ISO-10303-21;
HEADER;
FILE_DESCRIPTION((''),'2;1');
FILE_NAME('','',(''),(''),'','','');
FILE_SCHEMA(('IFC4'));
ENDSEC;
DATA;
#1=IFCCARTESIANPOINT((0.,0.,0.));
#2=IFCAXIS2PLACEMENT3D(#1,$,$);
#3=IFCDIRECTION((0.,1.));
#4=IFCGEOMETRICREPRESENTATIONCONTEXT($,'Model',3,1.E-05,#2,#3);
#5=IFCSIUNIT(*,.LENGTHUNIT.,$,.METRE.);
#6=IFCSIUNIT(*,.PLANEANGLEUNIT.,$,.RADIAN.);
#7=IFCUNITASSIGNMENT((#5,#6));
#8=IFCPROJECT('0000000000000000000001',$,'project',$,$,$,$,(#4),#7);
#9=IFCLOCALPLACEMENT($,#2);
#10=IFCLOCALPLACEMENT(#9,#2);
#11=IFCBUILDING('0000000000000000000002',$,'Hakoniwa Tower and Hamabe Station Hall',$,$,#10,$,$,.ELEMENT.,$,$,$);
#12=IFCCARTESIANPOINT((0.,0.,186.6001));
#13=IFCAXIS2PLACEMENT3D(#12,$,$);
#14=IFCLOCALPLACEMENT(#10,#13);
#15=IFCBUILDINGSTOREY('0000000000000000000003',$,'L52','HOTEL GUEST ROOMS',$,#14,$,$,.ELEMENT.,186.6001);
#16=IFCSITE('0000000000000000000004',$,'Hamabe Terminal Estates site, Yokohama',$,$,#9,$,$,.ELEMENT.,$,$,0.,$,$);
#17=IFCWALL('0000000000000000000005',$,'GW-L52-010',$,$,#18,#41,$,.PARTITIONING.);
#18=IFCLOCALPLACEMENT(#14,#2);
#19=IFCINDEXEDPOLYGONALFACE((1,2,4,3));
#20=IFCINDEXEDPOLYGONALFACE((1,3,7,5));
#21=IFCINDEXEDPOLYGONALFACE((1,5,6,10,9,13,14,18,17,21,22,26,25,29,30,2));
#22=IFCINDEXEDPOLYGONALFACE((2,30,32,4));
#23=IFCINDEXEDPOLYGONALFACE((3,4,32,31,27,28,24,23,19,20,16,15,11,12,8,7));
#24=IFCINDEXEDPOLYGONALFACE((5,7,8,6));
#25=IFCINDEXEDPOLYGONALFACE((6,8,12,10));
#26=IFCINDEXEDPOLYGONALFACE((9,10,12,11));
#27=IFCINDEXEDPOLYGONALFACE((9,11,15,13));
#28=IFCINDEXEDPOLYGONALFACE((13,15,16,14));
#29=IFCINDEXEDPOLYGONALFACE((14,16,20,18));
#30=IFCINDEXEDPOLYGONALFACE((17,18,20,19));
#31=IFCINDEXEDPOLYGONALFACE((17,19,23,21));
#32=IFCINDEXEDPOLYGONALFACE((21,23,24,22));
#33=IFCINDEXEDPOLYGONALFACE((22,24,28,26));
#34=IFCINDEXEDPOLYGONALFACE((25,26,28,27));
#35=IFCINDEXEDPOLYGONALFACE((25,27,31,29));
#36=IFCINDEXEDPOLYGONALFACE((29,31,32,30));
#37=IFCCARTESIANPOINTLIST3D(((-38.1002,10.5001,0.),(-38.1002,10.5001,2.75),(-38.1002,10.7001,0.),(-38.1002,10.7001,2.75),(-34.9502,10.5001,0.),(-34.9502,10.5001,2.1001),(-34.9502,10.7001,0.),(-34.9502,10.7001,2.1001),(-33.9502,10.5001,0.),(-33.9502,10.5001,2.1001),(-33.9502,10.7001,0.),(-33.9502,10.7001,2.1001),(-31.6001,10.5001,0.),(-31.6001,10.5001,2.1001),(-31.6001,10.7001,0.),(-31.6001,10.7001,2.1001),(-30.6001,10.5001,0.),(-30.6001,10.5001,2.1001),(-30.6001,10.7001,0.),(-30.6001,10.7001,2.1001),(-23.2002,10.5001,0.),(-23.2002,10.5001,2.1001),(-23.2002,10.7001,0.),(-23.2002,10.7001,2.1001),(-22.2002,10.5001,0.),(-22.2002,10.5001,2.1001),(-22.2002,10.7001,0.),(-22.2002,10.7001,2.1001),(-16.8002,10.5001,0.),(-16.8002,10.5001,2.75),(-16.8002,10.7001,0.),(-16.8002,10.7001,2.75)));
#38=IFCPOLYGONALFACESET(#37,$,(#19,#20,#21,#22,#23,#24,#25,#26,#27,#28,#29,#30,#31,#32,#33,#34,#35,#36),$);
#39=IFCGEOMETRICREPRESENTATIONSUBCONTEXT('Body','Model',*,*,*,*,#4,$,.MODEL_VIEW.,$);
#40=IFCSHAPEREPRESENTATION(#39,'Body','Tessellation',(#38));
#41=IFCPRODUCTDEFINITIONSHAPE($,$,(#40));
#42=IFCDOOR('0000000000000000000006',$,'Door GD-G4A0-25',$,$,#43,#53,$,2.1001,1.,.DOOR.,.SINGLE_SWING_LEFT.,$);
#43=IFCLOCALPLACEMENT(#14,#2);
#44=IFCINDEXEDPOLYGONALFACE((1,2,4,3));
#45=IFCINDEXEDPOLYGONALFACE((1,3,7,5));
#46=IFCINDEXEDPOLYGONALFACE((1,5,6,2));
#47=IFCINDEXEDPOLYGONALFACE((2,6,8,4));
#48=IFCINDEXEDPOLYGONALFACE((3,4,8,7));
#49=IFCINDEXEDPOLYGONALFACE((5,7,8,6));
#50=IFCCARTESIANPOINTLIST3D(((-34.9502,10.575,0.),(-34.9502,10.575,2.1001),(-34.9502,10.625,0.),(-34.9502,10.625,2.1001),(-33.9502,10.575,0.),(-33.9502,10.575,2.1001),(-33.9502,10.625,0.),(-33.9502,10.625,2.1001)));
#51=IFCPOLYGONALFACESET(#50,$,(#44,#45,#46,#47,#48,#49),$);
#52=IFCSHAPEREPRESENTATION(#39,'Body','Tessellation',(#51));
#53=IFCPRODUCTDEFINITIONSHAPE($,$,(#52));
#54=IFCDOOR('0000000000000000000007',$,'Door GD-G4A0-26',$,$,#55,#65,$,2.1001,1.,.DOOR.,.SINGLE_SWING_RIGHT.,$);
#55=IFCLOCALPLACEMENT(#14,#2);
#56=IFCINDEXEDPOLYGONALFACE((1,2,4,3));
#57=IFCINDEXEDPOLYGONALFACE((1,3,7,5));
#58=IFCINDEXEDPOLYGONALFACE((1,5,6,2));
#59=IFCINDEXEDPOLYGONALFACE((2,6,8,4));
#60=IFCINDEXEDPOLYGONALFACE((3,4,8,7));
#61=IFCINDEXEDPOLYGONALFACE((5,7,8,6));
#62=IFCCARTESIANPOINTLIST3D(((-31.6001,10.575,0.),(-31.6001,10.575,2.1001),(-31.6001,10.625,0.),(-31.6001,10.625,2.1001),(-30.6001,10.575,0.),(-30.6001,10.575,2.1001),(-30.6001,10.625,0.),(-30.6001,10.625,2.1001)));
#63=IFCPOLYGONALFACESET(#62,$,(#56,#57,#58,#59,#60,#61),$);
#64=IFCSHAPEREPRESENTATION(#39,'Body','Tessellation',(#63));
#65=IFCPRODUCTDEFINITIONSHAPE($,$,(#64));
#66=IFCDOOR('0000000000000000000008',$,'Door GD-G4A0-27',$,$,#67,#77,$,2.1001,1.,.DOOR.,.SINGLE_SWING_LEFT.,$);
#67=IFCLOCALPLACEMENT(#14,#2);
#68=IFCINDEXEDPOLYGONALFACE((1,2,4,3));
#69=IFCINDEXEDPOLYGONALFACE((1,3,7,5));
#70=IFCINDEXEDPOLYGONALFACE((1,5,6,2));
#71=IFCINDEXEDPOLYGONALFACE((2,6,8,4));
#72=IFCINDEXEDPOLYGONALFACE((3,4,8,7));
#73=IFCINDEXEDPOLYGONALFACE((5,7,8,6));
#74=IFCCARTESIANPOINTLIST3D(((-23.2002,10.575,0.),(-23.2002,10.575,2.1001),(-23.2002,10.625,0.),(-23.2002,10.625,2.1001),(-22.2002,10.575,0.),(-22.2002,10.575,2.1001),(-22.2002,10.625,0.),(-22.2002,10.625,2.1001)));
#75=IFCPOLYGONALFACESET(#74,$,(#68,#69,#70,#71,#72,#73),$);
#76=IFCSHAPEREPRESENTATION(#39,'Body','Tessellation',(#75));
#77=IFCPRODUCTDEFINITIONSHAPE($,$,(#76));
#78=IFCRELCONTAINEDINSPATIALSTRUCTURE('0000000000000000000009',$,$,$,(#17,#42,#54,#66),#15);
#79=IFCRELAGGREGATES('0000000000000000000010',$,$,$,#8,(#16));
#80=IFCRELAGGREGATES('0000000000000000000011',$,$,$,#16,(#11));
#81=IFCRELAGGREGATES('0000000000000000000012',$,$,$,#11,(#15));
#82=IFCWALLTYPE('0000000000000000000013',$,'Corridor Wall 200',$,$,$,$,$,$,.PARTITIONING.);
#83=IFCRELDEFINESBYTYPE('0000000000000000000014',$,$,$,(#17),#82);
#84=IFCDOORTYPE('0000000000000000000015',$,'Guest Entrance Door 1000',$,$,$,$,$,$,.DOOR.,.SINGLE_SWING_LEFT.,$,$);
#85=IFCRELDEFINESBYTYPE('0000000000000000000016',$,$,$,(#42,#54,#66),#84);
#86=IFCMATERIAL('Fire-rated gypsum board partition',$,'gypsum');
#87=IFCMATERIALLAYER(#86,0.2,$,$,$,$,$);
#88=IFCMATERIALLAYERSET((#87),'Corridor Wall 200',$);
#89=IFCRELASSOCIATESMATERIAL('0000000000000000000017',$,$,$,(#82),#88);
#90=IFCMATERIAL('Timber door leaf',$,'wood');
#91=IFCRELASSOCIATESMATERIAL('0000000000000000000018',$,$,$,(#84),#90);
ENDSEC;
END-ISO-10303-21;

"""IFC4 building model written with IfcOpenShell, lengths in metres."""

from ifc_helpers import new_model, si_unit, direction, frame, frame_2d, origin, place, context, subcontext, project, spatial, rectangle, extrude, material, layer, layer_set, type_object, element, fill, save


model = new_model("IFC4")

# Units and contexts
model_context = context("Model", 3, precision=1e-05, world=origin(), true_north=direction((0.0, 1.0)))
body_context = subcontext(model_context, "Body", "Model", "MODEL_VIEW")
ifc_project = project(units=[si_unit("LENGTHUNIT", "METRE"), si_unit("PLANEANGLEUNIT", "RADIAN")], contexts=[model_context])

# Site, building, storey
site_placement = place(None, origin())
site = spatial("IfcSite", under=ifc_project, at=site_placement, Name="Hamabe Terminal Estates site, Yokohama", CompositionType="ELEMENT", RefElevation=0.0)
building_placement = place(site_placement, origin())
building = spatial("IfcBuilding", under=site, at=building_placement, Name="Hakoniwa Tower and Hamabe Station Hall", CompositionType="ELEMENT")
storey_placement = place(building_placement, frame((0.0, 0.0, 186.6001)))
storey = spatial("IfcBuildingStorey", under=building, at=storey_placement, Name="L52", Description="HOTEL GUEST ROOMS", CompositionType="ELEMENT", Elevation=186.6001)

# Wall, openings, doors
ifc_material_1 = material(Name="Fire-rated gypsum board partition", Category="gypsum")
ifc_layer_1 = layer(ifc_material_1, 0.2)
ifc_layer_set_1 = layer_set([ifc_layer_1], Name="Corridor Wall 200")
wall_type_1 = type_object("IfcWallType", Name="Corridor Wall 200", PredefinedType="PARTITIONING", material=ifc_layer_set_1)
wall_1_placement = place(storey_placement, frame((-38.1001, 10.6001, 0.0), z_axis=(0.0, 0.0, 1.0), x_axis=(1.0, 0.0, 0.0)))
wall_1 = element("IfcWall", 1, at=wall_1_placement, inside=storey, type_object=wall_type_1, Name="GW-L52-010", PredefinedType="PARTITIONING", context=body_context, shape_type="SweptSolid", body=[
    extrude(rectangle(XDim=21.3, YDim=0.2, at=frame_2d((10.6499, 0.0))), origin(), (0.0, 0.0, 1.0), 2.75),
])
opening_1_placement = place(wall_1_placement, frame((3.1499, 0.0, 0.0)))
opening_1 = element("IfcOpeningElement", 2, at=opening_1_placement, cuts=wall_1, PredefinedType="OPENING", context=body_context, shape_type="SweptSolid", body=[
    extrude(rectangle(XDim=1.0, YDim=2.1001, at=frame_2d((0.5, 1.05))), frame((0.0, 0.1099, 0.0), z_axis=(0.0, -1.0, 0.0), x_axis=(1.0, 0.0, 0.0)), (0.0, 0.0, 1.0), 0.22),
])
opening_2_placement = place(wall_1_placement, frame((6.5, 0.0, 0.0)))
opening_2 = element("IfcOpeningElement", 3, at=opening_2_placement, cuts=wall_1, PredefinedType="OPENING", context=body_context, shape_type="SweptSolid", body=[
    extrude(rectangle(XDim=1.0, YDim=2.1001, at=frame_2d((0.5, 1.05))), frame((0.0, 0.1099, 0.0), z_axis=(0.0, -1.0, 0.0), x_axis=(1.0, 0.0, 0.0)), (0.0, 0.0, 1.0), 0.22),
])
opening_3_placement = place(wall_1_placement, frame((14.8999, 0.0, 0.0)))
opening_3 = element("IfcOpeningElement", 4, at=opening_3_placement, cuts=wall_1, PredefinedType="OPENING", context=body_context, shape_type="SweptSolid", body=[
    extrude(rectangle(XDim=1.0, YDim=2.1001, at=frame_2d((0.5, 1.05))), frame((0.0, 0.1099, 0.0), z_axis=(0.0, -1.0, 0.0), x_axis=(1.0, 0.0, 0.0)), (0.0, 0.0, 1.0), 0.22),
])
ifc_material_2 = material(Name="Timber door leaf", Category="wood")
door_type_1 = type_object("IfcDoorType", Name="Guest Entrance Door 1000", OperationType="SINGLE_SWING_LEFT", PredefinedType="DOOR", material=ifc_material_2)
door_1_placement = place(opening_1_placement, origin())
door_1 = element("IfcDoor", 5, at=door_1_placement, inside=storey, type_object=door_type_1, Name="Door GD-G4A0-25", OperationType="SINGLE_SWING_LEFT", OverallHeight=2.1001, OverallWidth=1.0, PredefinedType="DOOR", context=body_context, shape_type="SweptSolid", body=[
    extrude(rectangle(XDim=1.0, YDim=2.1001, at=frame_2d((0.5, 1.05))), frame((0.0, 0.0249, 0.0), z_axis=(0.0, -1.0, 0.0), x_axis=(1.0, 0.0, 0.0)), (0.0, 0.0, 1.0), 0.05),
])
fill(opening_1, door_1)
door_2_placement = place(opening_2_placement, origin())
door_2 = element("IfcDoor", 6, at=door_2_placement, inside=storey, type_object=door_type_1, Name="Door GD-G4A0-26", OperationType="SINGLE_SWING_RIGHT", OverallHeight=2.1001, OverallWidth=1.0, PredefinedType="DOOR", context=body_context, shape_type="SweptSolid", body=[
    extrude(rectangle(XDim=1.0, YDim=2.1001, at=frame_2d((0.5, 1.05))), frame((0.0, 0.0249, 0.0), z_axis=(0.0, -1.0, 0.0), x_axis=(1.0, 0.0, 0.0)), (0.0, 0.0, 1.0), 0.05),
])
fill(opening_2, door_2)
door_3_placement = place(opening_3_placement, origin())
door_3 = element("IfcDoor", 7, at=door_3_placement, inside=storey, type_object=door_type_1, Name="Door GD-G4A0-27", OperationType="SINGLE_SWING_LEFT", OverallHeight=2.1001, OverallWidth=1.0, PredefinedType="DOOR", context=body_context, shape_type="SweptSolid", body=[
    extrude(rectangle(XDim=1.0, YDim=2.1001, at=frame_2d((0.5, 1.05))), frame((0.0, 0.0249, 0.0), z_axis=(0.0, -1.0, 0.0), x_axis=(1.0, 0.0, 0.0)), (0.0, 0.0, 1.0), 0.05),
])
fill(opening_3, door_3)

save(model, "model.ifc")
